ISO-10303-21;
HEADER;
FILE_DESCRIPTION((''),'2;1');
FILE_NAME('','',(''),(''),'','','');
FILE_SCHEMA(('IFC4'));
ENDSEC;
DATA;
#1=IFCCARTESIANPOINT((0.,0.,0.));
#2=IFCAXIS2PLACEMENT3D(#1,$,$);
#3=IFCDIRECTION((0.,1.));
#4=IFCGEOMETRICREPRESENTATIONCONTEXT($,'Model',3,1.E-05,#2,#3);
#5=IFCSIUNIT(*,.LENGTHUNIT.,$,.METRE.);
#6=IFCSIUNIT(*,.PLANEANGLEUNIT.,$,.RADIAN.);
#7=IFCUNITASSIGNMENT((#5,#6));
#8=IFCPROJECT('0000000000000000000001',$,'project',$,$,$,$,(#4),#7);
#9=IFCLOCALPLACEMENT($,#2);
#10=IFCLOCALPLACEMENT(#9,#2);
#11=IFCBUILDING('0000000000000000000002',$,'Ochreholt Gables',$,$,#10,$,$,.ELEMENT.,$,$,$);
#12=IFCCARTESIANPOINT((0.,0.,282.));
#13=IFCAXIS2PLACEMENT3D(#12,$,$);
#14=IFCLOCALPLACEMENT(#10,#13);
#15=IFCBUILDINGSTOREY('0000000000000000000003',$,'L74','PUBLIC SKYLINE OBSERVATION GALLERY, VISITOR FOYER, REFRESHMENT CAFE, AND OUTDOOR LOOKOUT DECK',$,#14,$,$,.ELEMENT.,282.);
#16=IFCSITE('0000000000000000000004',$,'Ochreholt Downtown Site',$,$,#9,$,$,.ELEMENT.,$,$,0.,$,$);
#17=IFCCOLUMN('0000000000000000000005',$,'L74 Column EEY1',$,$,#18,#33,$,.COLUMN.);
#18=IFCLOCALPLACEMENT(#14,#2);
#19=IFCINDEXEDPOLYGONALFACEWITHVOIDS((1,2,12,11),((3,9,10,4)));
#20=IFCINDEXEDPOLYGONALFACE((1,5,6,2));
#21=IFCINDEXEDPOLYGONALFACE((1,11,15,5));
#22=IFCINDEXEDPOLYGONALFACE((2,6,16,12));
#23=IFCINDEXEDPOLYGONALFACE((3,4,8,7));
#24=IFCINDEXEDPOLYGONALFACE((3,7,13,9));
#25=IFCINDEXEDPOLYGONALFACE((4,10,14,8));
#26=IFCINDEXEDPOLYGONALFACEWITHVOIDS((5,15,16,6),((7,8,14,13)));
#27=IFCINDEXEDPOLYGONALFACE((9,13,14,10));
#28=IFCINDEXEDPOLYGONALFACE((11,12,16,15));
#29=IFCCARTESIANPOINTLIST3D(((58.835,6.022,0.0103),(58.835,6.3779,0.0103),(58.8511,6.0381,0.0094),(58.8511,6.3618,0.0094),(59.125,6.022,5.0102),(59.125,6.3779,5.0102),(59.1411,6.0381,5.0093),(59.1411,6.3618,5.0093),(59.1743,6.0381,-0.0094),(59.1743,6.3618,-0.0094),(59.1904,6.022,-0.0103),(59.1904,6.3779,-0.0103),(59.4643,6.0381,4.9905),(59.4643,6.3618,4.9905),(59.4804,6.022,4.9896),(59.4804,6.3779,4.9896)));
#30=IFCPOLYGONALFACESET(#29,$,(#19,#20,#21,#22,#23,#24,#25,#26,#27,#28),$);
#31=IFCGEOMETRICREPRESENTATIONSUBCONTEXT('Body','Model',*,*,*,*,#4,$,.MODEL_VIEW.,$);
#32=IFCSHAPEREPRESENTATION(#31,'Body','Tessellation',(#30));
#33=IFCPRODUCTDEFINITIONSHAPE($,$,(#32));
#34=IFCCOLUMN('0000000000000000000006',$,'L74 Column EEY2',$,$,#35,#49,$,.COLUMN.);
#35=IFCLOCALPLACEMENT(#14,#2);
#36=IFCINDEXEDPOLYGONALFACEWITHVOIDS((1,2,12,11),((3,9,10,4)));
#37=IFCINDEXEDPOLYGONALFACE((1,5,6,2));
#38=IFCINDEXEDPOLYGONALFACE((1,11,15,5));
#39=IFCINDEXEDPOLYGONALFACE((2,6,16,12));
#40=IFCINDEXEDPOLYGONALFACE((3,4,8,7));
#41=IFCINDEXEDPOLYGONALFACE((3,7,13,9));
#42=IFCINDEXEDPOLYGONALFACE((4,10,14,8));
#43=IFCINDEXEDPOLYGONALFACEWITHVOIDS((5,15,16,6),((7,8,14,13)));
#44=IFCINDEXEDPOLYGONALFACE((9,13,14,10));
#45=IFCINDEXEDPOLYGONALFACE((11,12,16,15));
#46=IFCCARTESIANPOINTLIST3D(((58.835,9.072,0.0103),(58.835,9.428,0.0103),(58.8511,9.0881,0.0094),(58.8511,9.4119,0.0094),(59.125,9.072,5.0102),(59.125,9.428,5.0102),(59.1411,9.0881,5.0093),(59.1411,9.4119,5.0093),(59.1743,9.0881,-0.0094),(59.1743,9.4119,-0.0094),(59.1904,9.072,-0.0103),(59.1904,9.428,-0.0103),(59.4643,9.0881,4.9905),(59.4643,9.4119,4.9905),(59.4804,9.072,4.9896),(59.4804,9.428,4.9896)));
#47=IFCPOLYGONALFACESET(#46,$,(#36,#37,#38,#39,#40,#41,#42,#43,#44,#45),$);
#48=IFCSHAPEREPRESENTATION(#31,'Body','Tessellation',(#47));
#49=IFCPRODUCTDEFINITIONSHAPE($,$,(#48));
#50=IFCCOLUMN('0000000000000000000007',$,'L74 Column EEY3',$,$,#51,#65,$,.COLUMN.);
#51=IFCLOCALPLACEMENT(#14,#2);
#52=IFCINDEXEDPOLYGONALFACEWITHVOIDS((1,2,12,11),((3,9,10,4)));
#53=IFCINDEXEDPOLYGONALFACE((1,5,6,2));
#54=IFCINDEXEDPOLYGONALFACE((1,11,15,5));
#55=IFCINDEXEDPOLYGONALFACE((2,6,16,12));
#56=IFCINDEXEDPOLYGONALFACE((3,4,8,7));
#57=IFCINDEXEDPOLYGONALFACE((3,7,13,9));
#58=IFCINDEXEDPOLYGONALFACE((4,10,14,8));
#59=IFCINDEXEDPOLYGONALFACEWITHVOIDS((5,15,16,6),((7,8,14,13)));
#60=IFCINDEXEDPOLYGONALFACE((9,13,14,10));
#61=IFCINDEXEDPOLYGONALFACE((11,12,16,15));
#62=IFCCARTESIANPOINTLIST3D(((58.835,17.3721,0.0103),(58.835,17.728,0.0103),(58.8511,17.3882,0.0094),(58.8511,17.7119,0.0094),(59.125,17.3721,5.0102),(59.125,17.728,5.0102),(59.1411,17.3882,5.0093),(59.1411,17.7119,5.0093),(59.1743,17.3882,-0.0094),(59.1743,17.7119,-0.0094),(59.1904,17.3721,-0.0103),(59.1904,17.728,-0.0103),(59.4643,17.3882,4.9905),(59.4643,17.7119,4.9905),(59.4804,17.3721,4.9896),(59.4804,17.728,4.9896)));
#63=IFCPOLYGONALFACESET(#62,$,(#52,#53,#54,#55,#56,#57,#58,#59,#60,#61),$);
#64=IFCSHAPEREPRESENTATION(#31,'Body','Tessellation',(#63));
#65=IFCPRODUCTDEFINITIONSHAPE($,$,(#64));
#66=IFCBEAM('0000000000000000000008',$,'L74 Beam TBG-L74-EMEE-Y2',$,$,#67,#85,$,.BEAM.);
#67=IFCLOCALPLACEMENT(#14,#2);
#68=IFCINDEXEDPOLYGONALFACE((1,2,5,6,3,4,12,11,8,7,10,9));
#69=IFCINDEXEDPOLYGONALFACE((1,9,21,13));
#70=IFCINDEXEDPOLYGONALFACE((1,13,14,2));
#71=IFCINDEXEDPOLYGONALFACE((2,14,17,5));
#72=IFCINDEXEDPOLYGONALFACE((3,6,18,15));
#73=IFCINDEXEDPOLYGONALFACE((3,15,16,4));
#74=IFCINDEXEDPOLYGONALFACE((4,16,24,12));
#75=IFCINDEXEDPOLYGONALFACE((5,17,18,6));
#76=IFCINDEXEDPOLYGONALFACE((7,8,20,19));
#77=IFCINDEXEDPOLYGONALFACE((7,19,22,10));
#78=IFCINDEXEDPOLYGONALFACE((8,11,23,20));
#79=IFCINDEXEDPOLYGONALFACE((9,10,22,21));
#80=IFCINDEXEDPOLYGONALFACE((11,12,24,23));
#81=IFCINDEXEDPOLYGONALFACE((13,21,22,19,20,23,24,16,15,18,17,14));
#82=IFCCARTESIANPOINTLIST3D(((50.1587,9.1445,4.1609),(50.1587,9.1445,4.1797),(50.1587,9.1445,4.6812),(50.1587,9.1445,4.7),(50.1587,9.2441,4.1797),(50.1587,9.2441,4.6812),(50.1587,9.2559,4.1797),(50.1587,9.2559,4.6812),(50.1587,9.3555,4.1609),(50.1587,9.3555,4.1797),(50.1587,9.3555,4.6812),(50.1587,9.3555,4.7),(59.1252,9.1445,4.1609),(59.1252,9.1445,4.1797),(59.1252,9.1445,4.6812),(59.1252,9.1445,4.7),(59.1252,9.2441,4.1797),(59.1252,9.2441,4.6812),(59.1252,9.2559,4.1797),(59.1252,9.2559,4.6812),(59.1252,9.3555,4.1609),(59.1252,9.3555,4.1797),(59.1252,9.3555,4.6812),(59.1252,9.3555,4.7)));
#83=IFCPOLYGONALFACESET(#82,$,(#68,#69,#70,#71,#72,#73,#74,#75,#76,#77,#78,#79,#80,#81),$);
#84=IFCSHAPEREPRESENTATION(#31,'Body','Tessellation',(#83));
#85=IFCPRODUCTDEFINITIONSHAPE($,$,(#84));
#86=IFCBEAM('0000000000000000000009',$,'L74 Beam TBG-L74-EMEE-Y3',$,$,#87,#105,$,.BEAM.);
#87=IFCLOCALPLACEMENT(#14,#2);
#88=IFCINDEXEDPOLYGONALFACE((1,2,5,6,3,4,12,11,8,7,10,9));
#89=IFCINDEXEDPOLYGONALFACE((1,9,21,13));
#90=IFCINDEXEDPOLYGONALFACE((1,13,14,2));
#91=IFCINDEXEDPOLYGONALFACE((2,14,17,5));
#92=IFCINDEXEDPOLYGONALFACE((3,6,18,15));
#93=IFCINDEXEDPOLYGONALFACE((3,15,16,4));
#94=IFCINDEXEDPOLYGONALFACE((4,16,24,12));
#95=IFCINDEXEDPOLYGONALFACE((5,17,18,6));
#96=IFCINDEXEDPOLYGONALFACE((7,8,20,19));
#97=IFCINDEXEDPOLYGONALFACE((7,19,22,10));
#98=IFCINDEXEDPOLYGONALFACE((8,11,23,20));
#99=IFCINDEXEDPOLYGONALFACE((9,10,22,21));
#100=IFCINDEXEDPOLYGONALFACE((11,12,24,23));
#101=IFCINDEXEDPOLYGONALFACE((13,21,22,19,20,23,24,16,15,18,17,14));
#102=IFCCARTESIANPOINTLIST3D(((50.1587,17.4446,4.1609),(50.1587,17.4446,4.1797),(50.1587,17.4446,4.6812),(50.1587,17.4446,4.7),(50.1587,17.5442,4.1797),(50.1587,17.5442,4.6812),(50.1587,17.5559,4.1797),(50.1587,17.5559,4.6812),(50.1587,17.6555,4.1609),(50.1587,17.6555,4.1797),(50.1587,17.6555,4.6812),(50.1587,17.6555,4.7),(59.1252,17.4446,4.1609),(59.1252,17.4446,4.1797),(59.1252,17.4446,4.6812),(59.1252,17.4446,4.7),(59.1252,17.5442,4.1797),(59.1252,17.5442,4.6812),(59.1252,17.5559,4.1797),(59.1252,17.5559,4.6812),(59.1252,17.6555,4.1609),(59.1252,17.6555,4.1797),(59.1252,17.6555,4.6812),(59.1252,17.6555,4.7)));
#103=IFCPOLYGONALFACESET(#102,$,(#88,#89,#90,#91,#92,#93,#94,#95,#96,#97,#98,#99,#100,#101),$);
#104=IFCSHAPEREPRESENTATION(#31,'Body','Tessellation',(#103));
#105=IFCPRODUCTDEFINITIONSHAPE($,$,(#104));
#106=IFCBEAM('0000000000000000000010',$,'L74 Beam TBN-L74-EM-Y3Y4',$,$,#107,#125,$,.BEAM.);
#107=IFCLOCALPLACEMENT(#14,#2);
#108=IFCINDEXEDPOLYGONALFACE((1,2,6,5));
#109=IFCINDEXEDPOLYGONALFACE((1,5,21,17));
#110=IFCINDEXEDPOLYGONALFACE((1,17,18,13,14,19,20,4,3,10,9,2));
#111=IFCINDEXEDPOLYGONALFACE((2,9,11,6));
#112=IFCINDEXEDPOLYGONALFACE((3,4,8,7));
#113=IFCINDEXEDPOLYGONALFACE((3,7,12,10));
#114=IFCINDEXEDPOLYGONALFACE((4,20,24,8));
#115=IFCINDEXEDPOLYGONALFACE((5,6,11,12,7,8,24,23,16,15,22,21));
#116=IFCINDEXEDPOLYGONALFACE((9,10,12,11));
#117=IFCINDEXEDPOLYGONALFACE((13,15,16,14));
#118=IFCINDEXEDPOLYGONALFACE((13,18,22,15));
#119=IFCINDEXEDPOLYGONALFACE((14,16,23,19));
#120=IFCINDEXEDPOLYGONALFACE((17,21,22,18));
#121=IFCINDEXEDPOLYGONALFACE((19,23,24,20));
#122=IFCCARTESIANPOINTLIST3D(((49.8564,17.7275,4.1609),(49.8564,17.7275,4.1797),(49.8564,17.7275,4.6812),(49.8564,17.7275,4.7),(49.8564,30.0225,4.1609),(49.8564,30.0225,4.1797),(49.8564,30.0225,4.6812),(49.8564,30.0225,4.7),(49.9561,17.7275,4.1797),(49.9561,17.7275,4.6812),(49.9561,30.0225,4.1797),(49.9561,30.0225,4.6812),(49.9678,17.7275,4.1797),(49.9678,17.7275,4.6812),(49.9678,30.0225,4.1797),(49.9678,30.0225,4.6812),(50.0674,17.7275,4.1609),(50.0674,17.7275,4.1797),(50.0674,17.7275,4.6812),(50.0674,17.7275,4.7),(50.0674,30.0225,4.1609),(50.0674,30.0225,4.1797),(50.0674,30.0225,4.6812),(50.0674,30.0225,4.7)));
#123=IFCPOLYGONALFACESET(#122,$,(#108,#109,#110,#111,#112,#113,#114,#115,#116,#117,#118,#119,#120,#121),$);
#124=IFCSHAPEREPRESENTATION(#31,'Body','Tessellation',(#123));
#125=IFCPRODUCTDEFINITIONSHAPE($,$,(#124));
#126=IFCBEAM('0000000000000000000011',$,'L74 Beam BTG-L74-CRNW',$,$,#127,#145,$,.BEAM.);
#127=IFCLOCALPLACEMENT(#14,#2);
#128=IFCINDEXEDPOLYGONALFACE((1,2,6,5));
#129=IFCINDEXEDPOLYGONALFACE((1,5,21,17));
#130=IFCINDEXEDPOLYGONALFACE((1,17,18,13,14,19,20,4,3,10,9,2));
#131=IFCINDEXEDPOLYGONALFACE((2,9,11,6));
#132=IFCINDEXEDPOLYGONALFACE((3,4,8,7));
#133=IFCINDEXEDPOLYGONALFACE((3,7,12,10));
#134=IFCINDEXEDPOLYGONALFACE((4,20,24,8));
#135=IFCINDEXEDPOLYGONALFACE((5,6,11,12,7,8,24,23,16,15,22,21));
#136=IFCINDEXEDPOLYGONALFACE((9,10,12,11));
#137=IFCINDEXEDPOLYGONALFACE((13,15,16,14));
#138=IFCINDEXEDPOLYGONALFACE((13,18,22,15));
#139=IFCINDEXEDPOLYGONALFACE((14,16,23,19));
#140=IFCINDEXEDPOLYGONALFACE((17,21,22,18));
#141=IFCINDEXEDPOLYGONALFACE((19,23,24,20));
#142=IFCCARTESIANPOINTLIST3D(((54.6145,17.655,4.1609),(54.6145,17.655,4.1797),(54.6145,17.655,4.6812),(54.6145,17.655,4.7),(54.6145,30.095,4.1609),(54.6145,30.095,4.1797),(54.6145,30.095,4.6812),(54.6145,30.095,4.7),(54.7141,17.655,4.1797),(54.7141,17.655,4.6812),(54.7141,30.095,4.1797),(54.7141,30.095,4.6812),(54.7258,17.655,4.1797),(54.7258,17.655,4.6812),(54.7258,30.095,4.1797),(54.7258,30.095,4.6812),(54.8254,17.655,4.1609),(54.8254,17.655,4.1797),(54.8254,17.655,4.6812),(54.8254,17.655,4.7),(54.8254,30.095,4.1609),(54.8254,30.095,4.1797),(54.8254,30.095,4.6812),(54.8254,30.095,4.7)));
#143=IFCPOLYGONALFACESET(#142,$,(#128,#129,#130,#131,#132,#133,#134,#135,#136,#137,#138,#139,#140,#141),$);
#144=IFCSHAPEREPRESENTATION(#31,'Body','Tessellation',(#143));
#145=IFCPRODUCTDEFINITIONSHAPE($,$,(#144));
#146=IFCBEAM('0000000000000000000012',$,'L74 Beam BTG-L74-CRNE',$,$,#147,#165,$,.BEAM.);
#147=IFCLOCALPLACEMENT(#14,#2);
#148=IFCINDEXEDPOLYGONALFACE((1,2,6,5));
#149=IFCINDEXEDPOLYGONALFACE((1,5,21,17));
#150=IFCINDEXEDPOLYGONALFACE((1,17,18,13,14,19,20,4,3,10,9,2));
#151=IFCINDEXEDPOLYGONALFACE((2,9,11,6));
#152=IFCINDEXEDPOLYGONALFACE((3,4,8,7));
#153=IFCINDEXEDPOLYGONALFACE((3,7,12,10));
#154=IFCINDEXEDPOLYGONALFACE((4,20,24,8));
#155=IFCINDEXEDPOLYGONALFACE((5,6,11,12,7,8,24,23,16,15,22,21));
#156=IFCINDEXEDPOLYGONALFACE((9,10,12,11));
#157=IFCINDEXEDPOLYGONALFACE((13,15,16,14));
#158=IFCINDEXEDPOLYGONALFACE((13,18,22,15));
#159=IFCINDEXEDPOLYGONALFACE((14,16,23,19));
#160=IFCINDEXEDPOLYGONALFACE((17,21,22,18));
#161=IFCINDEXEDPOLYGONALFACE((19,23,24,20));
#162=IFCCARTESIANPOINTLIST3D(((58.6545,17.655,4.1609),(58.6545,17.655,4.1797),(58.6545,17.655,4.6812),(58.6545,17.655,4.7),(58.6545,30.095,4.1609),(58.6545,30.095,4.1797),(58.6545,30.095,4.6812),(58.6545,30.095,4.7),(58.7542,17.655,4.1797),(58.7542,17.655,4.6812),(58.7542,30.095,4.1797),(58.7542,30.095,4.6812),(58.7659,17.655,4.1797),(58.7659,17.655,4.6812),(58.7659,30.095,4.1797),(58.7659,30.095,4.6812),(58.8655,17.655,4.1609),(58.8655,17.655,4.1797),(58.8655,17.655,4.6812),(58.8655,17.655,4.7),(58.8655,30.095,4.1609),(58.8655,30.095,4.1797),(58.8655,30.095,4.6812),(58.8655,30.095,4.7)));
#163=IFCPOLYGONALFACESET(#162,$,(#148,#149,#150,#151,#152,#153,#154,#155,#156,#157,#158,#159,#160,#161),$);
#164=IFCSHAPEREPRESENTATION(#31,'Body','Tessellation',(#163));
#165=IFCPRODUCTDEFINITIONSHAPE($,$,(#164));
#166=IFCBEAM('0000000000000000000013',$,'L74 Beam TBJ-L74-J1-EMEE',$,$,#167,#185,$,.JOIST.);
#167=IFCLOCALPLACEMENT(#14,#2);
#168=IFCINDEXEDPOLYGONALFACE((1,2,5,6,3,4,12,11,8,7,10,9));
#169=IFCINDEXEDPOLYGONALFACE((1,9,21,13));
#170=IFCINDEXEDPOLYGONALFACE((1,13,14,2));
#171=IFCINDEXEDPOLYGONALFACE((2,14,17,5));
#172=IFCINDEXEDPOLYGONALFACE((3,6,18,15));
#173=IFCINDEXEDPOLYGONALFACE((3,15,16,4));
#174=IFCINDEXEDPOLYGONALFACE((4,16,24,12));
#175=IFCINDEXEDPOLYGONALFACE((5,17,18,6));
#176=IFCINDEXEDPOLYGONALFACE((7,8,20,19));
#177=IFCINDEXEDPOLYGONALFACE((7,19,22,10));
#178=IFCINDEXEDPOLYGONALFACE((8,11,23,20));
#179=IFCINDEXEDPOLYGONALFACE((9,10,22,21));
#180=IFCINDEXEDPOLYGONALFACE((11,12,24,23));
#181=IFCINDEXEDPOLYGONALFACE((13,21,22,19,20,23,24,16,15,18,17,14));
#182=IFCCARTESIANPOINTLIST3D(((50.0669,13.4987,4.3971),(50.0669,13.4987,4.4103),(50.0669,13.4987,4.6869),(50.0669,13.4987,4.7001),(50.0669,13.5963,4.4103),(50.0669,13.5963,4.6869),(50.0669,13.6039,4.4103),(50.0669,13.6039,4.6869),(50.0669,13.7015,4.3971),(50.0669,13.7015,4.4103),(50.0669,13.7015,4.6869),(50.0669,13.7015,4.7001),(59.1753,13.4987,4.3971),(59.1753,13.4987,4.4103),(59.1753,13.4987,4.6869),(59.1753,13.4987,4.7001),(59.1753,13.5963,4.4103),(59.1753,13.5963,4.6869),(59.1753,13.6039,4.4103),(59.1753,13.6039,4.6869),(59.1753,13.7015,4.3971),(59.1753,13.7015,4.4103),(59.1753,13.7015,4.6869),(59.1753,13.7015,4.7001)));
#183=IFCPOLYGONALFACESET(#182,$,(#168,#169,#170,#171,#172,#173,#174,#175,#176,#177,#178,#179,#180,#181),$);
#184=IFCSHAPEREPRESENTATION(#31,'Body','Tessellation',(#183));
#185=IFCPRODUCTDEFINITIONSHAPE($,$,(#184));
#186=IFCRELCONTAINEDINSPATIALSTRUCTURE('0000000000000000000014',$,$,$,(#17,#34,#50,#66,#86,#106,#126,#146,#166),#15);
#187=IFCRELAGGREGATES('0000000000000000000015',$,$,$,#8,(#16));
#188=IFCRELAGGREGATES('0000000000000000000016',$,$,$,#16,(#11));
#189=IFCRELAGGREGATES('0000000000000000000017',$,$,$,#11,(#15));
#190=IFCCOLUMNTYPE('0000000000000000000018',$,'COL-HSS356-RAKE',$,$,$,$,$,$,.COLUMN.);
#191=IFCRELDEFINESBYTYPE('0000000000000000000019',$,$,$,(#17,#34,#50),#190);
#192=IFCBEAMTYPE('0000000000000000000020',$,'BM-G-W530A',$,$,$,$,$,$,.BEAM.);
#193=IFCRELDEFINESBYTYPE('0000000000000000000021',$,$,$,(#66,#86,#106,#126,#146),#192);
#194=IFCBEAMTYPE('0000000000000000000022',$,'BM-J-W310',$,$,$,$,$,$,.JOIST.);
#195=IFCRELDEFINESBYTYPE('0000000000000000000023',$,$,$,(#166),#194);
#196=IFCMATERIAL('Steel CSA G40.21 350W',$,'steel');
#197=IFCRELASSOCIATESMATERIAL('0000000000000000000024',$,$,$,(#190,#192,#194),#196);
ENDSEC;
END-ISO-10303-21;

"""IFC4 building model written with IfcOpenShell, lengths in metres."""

from ifc_helpers import new_model, si_unit, direction, frame, origin, origin_2d, place, context, subcontext, project, spatial, hollow_rectangle, i_section, extrude, material, material_profile, profile_set, type_object, element, save


model = new_model("IFC4")

# Units and contexts
model_context = context("Model", 3, precision=1e-05, world=origin(), true_north=direction((0.0, 1.0)))
body_context = subcontext(model_context, "Body", "Model", "MODEL_VIEW")
ifc_project = project(units=[si_unit("LENGTHUNIT", "METRE"), si_unit("PLANEANGLEUNIT", "RADIAN")], contexts=[model_context])

# Site, building, storey
site_placement = place(None, origin())
site = spatial("IfcSite", under=ifc_project, at=site_placement, Name="Ochreholt Downtown Site", CompositionType="ELEMENT", RefElevation=0.0)
building_placement = place(site_placement, origin())
building = spatial("IfcBuilding", under=site, at=building_placement, Name="Ochreholt Gables", CompositionType="ELEMENT")
storey_placement = place(building_placement, frame((0.0, 0.0, 282.0)))
storey = spatial("IfcBuildingStorey", under=building, at=storey_placement, Name="L74", Description="PUBLIC SKYLINE OBSERVATION GALLERY, VISITOR FOYER, REFRESHMENT CAFE, AND OUTDOOR LOOKOUT DECK", CompositionType="ELEMENT", Elevation=282.0)

# Columns
ifc_material_1 = material(Name="Steel CSA G40.21 350W", Category="steel")
ifc_material_profile_1 = material_profile(ifc_material_1, hollow_rectangle(XDim=0.356, YDim=0.356, WallThickness=0.0161, at=origin_2d()), Name="HSS356X356X16")
ifc_profile_set_1 = profile_set([ifc_material_profile_1], Name="Steel CSA G40.21 350W")
column_type = type_object("IfcColumnType", Name="COL-HSS356-RAKE", PredefinedType="COLUMN", material=ifc_profile_set_1)
for number, where, z_axis, x_axis, name in (
    (1, (59.0127, 6.2, 0.0), (0.05791, 0.0, 0.998322), (0.0, 1.0, 0.0), "L74 Column EEY1"),
    (2, (59.0127, 9.25, 0.0), (0.05791, 0.0, 0.998322), (0.0, 1.0, 0.0), "L74 Column EEY2"),
    (3, (59.0127, 17.55, 0.0), (0.05791, 0.0, 0.998322), (0.0, 1.0, 0.0), "L74 Column EEY3"),
):
    element("IfcColumn", number, at=place(storey_placement, frame(where, z_axis=z_axis, x_axis=x_axis)), inside=storey, type_object=column_type, Name=name, PredefinedType="COLUMN", context=body_context, shape_type="SweptSolid", body=[
        extrude(hollow_rectangle(XDim=0.356, YDim=0.356, WallThickness=0.0161, at=origin_2d()), origin(), (0.0, 0.0, 1.0), 5.0083),
    ])

# Beams
ifc_material_profile_2 = material_profile(ifc_material_1, i_section(OverallWidth=0.2109, OverallDepth=0.5391, WebThickness=0.0117, FlangeThickness=0.0188, at=origin_2d()), Name="W530X109")
ifc_profile_set_2 = profile_set([ifc_material_profile_2], Name="Steel CSA G40.21 350W")
beam_type_1 = type_object("IfcBeamType", Name="BM-G-W530A", PredefinedType="BEAM", material=ifc_profile_set_2)
for number, where, z_axis, x_axis, name in (
    (4, (50.1587, 9.25, 4.4304), (1.0, 0.0, 0.0), (0.0, 1.0, 0.0), "L74 Beam TBG-L74-EMEE-Y2"),
    (5, (50.1587, 17.55, 4.4304), (1.0, 0.0, 0.0), (0.0, 1.0, 0.0), "L74 Beam TBG-L74-EMEE-Y3"),
):
    element("IfcBeam", number, at=place(storey_placement, frame(where, z_axis=z_axis, x_axis=x_axis)), inside=storey, type_object=beam_type_1, Name=name, PredefinedType="BEAM", context=body_context, shape_type="SweptSolid", body=[
        extrude(i_section(OverallWidth=0.2109, OverallDepth=0.5391, WebThickness=0.0117, FlangeThickness=0.0188, at=origin_2d()), origin(), (0.0, 0.0, 1.0), 8.9666),
    ])
beam_1_placement = place(storey_placement, frame((49.9619, 17.7275, 4.4304), z_axis=(0.0, 1.0, 0.0), x_axis=(-1.0, 0.0, 0.0)))
element("IfcBeam", 6, at=beam_1_placement, inside=storey, type_object=beam_type_1, Name="L74 Beam TBN-L74-EM-Y3Y4", PredefinedType="BEAM", context=body_context, shape_type="SweptSolid", body=[
    extrude(i_section(OverallWidth=0.2109, OverallDepth=0.5391, WebThickness=0.0117, FlangeThickness=0.0188, at=origin_2d()), origin(), (0.0, 0.0, 1.0), 12.2949),
])
for number, where, z_axis, x_axis, name in (
    (7, (54.72, 17.655, 4.4304), (0.0, 1.0, 0.0), (-1.0, 0.0, 0.0), "L74 Beam BTG-L74-CRNW"),
    (8, (58.76, 17.655, 4.4304), (0.0, 1.0, 0.0), (-1.0, 0.0, 0.0), "L74 Beam BTG-L74-CRNE"),
):
    element("IfcBeam", number, at=place(storey_placement, frame(where, z_axis=z_axis, x_axis=x_axis)), inside=storey, type_object=beam_type_1, Name=name, PredefinedType="BEAM", context=body_context, shape_type="SweptSolid", body=[
        extrude(i_section(OverallWidth=0.2109, OverallDepth=0.5391, WebThickness=0.0117, FlangeThickness=0.0188, at=origin_2d()), origin(), (0.0, 0.0, 1.0), 12.4399),
    ])
ifc_material_profile_3 = material_profile(ifc_material_1, i_section(OverallWidth=0.2029, OverallDepth=0.303, WebThickness=0.0076, FlangeThickness=0.0132, at=origin_2d()), Name="W310X60")
ifc_profile_set_3 = profile_set([ifc_material_profile_3], Name="Steel CSA G40.21 350W")
beam_type_2 = type_object("IfcBeamType", Name="BM-J-W310", PredefinedType="JOIST", material=ifc_profile_set_3)
beam_2_placement = place(storey_placement, frame((50.0669, 13.6001, 4.5486), z_axis=(1.0, 0.0, 0.0), x_axis=(0.0, 1.0, 0.0)))
element("IfcBeam", 9, at=beam_2_placement, inside=storey, type_object=beam_type_2, Name="L74 Beam TBJ-L74-J1-EMEE", PredefinedType="JOIST", context=body_context, shape_type="SweptSolid", body=[
    extrude(i_section(OverallWidth=0.2029, OverallDepth=0.303, WebThickness=0.0076, FlangeThickness=0.0132, at=origin_2d()), origin(), (0.0, 0.0, 1.0), 9.1084),
])

save(model, "model.ifc")
